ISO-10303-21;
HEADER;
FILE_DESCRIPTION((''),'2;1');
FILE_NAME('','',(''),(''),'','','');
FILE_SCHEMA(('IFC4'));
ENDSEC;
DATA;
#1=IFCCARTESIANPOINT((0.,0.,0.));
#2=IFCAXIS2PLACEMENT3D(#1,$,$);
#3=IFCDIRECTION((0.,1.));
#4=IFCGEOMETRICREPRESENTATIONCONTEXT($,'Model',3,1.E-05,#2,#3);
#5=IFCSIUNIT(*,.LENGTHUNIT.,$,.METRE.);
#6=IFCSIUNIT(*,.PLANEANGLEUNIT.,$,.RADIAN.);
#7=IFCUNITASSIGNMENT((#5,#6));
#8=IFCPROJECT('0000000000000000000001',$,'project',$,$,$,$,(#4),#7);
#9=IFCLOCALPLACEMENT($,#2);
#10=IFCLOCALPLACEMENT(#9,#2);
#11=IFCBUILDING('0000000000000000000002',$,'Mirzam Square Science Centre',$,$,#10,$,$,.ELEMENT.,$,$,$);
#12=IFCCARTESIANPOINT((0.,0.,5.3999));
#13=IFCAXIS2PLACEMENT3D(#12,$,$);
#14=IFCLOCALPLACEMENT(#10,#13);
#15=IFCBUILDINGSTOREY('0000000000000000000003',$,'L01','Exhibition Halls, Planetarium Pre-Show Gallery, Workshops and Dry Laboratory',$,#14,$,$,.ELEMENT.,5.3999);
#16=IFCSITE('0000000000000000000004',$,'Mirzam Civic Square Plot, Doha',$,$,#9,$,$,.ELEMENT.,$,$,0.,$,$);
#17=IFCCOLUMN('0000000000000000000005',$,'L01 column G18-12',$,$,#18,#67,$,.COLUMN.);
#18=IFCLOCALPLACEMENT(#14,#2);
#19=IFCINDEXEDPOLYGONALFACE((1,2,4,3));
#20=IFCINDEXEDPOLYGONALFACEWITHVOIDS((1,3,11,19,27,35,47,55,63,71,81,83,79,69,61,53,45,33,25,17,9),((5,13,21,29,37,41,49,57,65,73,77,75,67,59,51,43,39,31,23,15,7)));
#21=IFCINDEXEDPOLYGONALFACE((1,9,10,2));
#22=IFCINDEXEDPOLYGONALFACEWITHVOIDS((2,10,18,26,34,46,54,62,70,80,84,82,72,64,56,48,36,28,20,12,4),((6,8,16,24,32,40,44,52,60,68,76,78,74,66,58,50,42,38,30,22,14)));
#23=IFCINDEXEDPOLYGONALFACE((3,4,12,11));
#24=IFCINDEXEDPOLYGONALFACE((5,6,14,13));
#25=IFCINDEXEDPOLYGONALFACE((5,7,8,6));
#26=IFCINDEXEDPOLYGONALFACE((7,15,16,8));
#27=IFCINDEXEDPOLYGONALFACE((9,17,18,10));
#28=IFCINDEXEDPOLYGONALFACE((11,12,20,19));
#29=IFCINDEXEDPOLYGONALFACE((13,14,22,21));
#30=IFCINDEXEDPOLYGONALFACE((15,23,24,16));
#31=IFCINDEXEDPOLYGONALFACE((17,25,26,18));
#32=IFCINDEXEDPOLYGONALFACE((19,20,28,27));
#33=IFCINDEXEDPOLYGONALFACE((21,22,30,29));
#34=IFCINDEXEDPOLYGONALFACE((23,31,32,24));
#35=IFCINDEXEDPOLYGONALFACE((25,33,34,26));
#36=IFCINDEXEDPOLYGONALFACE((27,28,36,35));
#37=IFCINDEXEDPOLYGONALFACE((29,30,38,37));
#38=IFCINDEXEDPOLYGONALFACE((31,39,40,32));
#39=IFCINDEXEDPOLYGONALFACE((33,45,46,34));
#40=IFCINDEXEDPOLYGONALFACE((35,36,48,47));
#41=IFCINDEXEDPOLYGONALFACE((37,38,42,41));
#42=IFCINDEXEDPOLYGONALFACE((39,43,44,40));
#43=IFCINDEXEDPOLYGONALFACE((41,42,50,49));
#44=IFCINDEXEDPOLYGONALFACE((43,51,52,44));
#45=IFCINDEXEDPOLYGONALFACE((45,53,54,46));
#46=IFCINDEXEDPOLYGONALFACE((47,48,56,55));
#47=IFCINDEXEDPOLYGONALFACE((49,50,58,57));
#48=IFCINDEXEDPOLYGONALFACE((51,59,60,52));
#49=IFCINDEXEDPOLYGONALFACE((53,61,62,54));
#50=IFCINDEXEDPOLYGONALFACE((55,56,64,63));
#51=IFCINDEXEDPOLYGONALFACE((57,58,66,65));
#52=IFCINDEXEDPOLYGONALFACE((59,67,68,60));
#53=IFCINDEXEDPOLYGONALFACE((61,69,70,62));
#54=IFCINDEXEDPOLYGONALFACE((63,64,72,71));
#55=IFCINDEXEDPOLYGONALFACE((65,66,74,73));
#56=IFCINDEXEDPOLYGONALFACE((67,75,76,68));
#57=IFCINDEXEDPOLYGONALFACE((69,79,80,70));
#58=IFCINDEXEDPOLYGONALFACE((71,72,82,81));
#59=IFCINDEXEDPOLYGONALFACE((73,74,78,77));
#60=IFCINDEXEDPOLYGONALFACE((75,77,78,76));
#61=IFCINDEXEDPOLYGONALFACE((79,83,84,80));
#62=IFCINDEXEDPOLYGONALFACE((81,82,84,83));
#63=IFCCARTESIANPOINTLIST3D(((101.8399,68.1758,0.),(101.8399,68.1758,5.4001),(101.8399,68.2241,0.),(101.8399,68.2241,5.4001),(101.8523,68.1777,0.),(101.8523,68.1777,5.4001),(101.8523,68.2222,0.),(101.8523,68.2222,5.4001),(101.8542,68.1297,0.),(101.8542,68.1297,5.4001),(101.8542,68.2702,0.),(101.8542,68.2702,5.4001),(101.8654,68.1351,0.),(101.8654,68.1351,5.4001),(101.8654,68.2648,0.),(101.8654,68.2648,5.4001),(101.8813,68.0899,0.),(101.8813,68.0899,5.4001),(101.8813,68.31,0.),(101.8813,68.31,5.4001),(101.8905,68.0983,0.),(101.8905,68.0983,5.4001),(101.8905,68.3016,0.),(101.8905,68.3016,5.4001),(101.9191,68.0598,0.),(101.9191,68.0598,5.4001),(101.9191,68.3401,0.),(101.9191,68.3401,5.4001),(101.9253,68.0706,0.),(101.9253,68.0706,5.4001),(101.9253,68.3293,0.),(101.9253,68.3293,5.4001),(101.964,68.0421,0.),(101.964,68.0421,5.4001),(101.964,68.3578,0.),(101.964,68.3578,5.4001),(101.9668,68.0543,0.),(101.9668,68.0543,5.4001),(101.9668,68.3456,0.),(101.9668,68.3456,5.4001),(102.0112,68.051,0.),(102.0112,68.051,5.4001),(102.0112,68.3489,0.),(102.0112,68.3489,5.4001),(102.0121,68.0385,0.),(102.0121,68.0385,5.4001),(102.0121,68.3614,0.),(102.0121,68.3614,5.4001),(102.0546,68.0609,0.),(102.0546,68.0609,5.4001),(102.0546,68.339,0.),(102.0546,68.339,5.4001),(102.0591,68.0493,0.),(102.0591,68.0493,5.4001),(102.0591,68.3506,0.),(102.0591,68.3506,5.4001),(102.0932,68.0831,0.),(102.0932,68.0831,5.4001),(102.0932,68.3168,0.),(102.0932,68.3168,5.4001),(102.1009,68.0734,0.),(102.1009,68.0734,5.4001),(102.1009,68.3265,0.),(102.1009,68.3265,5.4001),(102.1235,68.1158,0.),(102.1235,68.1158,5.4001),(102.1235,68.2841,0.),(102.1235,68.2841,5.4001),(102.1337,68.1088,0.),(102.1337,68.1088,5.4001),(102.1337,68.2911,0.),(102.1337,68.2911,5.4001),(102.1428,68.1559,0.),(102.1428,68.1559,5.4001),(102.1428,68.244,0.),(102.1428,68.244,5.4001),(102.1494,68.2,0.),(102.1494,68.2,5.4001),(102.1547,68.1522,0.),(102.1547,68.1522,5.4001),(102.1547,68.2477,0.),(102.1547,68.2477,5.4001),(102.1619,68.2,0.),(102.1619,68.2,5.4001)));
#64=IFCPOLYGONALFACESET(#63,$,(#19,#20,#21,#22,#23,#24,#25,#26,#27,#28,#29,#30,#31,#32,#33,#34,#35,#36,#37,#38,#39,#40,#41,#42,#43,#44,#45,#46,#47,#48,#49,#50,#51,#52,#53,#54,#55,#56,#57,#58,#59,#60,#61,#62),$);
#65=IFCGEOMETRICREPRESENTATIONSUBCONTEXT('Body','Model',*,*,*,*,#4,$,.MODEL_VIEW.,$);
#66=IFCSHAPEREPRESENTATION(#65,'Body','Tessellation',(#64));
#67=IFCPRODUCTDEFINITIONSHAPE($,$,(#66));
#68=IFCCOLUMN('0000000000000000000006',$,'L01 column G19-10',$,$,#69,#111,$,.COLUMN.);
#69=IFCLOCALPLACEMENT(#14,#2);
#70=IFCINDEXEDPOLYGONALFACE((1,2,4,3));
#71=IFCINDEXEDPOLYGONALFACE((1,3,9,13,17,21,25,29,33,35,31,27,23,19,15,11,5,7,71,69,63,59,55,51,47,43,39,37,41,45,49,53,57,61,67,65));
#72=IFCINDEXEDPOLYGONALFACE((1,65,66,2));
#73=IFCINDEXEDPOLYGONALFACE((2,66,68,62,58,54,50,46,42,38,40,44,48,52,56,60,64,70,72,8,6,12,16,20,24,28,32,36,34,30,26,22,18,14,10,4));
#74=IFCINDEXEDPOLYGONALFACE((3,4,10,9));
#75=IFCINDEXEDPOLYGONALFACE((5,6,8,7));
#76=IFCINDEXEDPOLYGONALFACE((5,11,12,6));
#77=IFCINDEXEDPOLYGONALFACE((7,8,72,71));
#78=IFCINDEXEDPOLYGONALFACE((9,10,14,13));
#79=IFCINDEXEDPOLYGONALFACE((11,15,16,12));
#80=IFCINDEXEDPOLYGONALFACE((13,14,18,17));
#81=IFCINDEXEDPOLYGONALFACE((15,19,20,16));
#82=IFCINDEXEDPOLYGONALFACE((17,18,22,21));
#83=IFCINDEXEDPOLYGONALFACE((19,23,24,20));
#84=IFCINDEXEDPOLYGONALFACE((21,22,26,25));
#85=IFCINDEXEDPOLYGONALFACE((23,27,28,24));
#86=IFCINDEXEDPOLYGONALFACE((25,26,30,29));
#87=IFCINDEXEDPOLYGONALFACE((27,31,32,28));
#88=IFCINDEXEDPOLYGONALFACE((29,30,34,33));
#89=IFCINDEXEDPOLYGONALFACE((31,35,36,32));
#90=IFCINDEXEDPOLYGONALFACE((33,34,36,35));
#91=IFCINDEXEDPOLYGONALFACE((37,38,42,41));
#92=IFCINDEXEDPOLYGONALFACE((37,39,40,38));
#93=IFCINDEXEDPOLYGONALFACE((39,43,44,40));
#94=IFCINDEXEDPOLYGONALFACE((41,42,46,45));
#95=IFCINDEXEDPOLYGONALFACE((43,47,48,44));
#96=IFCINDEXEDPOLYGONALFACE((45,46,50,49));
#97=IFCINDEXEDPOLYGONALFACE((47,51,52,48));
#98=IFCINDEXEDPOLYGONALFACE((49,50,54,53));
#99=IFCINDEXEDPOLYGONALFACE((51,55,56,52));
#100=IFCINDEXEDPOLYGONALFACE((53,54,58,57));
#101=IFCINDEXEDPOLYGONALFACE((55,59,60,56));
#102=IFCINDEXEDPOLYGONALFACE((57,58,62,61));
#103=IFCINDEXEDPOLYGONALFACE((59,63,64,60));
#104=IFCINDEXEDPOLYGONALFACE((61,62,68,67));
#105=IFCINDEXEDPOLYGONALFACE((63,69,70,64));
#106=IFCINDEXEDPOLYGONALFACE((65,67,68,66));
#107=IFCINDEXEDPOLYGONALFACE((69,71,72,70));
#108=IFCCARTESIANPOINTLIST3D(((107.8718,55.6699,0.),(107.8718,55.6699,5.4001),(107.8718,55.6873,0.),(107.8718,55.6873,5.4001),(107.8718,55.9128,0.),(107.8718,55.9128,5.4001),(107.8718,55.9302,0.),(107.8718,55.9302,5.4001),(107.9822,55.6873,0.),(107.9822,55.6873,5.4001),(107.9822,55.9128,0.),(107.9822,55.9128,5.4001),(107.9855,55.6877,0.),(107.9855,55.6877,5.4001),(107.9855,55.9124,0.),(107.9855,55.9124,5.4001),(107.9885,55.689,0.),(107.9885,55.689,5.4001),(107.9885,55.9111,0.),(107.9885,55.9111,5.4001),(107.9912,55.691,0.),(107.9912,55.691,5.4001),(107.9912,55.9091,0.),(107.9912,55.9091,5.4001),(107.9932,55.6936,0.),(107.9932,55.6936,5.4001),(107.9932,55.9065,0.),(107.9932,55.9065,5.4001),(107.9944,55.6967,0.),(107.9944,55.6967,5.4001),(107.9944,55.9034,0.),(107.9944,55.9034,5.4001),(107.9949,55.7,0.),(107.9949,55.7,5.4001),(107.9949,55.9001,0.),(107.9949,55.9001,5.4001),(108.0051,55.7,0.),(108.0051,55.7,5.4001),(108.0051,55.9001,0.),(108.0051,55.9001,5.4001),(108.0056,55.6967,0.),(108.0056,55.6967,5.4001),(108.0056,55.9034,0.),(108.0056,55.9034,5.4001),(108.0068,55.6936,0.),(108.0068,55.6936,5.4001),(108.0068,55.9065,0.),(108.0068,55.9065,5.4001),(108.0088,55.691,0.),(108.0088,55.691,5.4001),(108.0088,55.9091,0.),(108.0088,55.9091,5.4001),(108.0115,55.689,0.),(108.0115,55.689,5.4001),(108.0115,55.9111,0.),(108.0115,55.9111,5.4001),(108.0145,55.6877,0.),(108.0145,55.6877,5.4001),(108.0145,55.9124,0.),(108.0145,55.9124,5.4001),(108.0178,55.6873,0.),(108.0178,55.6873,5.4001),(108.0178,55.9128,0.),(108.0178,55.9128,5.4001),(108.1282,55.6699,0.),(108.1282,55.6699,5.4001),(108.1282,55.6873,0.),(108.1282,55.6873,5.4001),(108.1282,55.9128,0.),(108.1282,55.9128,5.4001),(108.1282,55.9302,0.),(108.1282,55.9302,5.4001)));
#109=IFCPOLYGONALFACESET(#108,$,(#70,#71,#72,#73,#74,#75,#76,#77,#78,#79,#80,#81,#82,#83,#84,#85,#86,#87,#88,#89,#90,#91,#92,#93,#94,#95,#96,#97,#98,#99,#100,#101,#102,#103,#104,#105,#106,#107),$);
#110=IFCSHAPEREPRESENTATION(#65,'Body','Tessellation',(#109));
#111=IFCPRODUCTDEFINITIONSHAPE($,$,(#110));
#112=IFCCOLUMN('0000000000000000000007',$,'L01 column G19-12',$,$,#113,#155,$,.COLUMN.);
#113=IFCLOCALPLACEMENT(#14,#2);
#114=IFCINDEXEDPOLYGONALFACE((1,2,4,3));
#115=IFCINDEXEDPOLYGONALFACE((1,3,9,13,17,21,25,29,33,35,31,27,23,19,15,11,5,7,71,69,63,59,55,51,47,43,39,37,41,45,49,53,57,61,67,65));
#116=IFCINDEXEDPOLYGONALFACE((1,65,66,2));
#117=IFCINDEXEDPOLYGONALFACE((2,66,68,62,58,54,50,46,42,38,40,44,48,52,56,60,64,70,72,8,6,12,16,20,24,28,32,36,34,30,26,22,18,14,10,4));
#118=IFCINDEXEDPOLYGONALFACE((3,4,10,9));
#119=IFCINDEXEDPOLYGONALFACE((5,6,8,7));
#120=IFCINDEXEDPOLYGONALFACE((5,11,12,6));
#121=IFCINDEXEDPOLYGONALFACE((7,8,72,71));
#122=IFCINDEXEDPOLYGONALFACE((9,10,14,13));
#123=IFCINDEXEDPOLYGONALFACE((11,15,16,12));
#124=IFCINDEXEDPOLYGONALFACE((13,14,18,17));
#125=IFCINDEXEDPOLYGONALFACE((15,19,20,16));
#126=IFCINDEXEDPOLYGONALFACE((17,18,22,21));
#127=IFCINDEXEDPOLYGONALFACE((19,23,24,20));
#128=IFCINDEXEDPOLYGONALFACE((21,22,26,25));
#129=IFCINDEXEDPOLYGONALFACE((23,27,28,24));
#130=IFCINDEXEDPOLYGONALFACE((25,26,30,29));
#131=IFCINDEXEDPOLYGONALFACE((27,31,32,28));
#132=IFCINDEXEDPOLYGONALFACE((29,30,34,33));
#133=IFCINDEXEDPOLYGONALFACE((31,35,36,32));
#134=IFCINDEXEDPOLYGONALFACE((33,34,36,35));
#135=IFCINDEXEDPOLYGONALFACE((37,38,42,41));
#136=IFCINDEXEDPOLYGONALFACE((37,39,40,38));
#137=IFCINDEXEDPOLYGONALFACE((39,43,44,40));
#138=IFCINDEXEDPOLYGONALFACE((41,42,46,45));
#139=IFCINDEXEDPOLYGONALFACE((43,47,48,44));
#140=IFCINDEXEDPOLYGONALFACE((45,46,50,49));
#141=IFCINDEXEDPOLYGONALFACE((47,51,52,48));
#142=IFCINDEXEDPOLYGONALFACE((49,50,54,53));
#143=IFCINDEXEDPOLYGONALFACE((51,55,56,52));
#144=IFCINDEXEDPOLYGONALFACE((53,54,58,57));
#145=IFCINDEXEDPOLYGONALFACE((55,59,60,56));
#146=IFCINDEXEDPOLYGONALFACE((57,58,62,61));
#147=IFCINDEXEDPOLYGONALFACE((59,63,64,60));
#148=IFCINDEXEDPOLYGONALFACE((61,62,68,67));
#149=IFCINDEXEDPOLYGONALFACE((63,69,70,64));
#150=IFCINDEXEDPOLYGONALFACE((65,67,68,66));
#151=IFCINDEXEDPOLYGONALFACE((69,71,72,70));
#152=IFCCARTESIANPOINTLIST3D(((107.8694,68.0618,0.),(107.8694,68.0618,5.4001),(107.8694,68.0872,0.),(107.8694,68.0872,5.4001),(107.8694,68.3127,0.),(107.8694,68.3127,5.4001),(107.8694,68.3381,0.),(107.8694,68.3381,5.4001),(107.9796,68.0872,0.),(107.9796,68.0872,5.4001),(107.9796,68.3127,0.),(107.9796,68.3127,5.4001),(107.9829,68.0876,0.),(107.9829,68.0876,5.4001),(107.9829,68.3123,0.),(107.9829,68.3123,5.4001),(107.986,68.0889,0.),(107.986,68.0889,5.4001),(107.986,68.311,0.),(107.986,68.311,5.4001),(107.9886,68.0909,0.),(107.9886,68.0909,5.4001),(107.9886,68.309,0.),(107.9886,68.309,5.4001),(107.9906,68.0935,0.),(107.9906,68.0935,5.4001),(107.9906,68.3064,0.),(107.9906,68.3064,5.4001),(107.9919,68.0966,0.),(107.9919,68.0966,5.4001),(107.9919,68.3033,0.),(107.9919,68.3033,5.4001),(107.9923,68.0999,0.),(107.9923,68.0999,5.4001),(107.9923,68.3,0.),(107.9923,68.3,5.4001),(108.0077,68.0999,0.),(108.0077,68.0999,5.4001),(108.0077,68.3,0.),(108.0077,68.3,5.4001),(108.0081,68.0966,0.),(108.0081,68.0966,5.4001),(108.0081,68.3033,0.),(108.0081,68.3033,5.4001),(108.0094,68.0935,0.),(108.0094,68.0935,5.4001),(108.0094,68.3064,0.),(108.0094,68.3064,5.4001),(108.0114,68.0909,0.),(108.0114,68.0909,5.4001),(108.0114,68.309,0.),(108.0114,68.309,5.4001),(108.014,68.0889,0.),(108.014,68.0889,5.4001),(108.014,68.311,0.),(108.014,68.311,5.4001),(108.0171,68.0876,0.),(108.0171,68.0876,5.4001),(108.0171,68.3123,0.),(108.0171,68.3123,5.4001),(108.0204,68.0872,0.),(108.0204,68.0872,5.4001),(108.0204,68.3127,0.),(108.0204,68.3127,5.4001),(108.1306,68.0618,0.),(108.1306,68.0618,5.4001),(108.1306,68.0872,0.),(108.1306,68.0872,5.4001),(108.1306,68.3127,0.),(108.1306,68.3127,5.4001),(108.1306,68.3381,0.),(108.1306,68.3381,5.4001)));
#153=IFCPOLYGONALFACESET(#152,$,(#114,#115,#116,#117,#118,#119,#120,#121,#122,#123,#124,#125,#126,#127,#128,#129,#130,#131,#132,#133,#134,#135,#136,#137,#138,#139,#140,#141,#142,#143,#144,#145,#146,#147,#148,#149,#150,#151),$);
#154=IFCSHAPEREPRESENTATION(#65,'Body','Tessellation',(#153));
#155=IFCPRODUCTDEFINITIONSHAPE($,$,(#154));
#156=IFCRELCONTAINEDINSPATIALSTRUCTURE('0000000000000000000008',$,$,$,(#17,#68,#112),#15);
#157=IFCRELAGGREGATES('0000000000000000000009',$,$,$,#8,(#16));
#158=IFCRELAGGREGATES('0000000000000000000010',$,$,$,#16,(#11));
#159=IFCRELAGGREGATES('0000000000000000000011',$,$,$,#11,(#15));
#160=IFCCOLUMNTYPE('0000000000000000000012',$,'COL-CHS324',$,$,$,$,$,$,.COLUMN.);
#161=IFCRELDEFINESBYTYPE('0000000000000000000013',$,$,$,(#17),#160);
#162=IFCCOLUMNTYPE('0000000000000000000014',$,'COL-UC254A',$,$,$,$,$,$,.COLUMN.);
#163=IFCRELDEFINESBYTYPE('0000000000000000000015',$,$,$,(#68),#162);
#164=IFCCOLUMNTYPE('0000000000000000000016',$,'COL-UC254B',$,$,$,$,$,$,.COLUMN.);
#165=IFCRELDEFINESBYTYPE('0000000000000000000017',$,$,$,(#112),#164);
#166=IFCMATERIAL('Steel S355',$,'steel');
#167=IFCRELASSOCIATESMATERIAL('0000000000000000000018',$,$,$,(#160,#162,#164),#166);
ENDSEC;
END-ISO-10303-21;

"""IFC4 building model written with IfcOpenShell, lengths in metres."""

from ifc_helpers import new_model, si_unit, direction, frame, origin, origin_2d, place, context, subcontext, project, spatial, hollow_circle, i_section, extrude, material, material_profile, profile_set, type_object, element, save


model = new_model("IFC4")

# Units and contexts
model_context = context("Model", 3, precision=1e-05, world=origin(), true_north=direction((0.0, 1.0)))
body_context = subcontext(model_context, "Body", "Model", "MODEL_VIEW")
ifc_project = project(units=[si_unit("LENGTHUNIT", "METRE"), si_unit("PLANEANGLEUNIT", "RADIAN")], contexts=[model_context])

# Site, building, storey
site_placement = place(None, origin())
site = spatial("IfcSite", under=ifc_project, at=site_placement, Name="Mirzam Civic Square Plot, Doha", CompositionType="ELEMENT", RefElevation=0.0)
building_placement = place(site_placement, origin())
building = spatial("IfcBuilding", under=site, at=building_placement, Name="Mirzam Square Science Centre", CompositionType="ELEMENT")
storey_placement = place(building_placement, frame((0.0, 0.0, 5.3999)))
storey = spatial("IfcBuildingStorey", under=building, at=storey_placement, Name="L01", Description="Exhibition Halls, Planetarium Pre-Show Gallery, Workshops and Dry Laboratory", CompositionType="ELEMENT", Elevation=5.3999)

# Columns
ifc_material_1 = material(Name="Steel S355", Category="steel")
ifc_material_profile_1 = material_profile(ifc_material_1, hollow_circle(Radius=0.1619, WallThickness=0.0125, at=origin_2d()), Name="323.9x12.5CHS")
ifc_profile_set_1 = profile_set([ifc_material_profile_1], Name="Steel S355")
column_type_1 = type_object("IfcColumnType", Name="COL-CHS324", PredefinedType="COLUMN", material=ifc_profile_set_1)
column_1_placement = place(storey_placement, frame((102.0, 68.2, 0.0), z_axis=(0.0, 0.0, 1.0), x_axis=(1.0, 0.0, 0.0)))
element("IfcColumn", 1, at=column_1_placement, inside=storey, type_object=column_type_1, Name="L01 column G18-12", PredefinedType="COLUMN", context=body_context, shape_type="SweptSolid", body=[
    extrude(hollow_circle(Radius=0.1619, WallThickness=0.0125, at=origin_2d()), origin(), (0.0, 0.0, 1.0), 5.4001),
])
ifc_material_profile_2 = material_profile(ifc_material_1, i_section(OverallWidth=0.2563, OverallDepth=0.2603, WebThickness=0.0103, FlangeThickness=0.0173, FilletRadius=0.0127, at=origin_2d()), Name="254x254x89UC")
ifc_profile_set_2 = profile_set([ifc_material_profile_2], Name="Steel S355")
column_type_2 = type_object("IfcColumnType", Name="COL-UC254A", PredefinedType="COLUMN", material=ifc_profile_set_2)
column_2_placement = place(storey_placement, frame((108.0, 55.8, 0.0), z_axis=(0.0, 0.0, 1.0), x_axis=(1.0, 0.0, 0.0)))
element("IfcColumn", 2, at=column_2_placement, inside=storey, type_object=column_type_2, Name="L01 column G19-10", PredefinedType="COLUMN", context=body_context, shape_type="SweptSolid", body=[
    extrude(i_section(OverallWidth=0.2563, OverallDepth=0.2603, WebThickness=0.0103, FlangeThickness=0.0173, FilletRadius=0.0127, at=origin_2d()), origin(), (0.0, 0.0, 1.0), 5.4001),
])
ifc_material_profile_3 = material_profile(ifc_material_1, i_section(OverallWidth=0.2612, OverallDepth=0.2764, WebThickness=0.0154, FlangeThickness=0.0254, FilletRadius=0.0127, at=origin_2d()), Name="254x254x132UC")
ifc_profile_set_3 = profile_set([ifc_material_profile_3], Name="Steel S355")
column_type_3 = type_object("IfcColumnType", Name="COL-UC254B", PredefinedType="COLUMN", material=ifc_profile_set_3)
column_3_placement = place(storey_placement, frame((108.0, 68.2, 0.0), z_axis=(0.0, 0.0, 1.0), x_axis=(1.0, 0.0, 0.0)))
element("IfcColumn", 3, at=column_3_placement, inside=storey, type_object=column_type_3, Name="L01 column G19-12", PredefinedType="COLUMN", context=body_context, shape_type="SweptSolid", body=[
    extrude(i_section(OverallWidth=0.2612, OverallDepth=0.2764, WebThickness=0.0154, FlangeThickness=0.0254, FilletRadius=0.0127, at=origin_2d()), origin(), (0.0, 0.0, 1.0), 5.4001),
])

save(model, "model.ifc")
